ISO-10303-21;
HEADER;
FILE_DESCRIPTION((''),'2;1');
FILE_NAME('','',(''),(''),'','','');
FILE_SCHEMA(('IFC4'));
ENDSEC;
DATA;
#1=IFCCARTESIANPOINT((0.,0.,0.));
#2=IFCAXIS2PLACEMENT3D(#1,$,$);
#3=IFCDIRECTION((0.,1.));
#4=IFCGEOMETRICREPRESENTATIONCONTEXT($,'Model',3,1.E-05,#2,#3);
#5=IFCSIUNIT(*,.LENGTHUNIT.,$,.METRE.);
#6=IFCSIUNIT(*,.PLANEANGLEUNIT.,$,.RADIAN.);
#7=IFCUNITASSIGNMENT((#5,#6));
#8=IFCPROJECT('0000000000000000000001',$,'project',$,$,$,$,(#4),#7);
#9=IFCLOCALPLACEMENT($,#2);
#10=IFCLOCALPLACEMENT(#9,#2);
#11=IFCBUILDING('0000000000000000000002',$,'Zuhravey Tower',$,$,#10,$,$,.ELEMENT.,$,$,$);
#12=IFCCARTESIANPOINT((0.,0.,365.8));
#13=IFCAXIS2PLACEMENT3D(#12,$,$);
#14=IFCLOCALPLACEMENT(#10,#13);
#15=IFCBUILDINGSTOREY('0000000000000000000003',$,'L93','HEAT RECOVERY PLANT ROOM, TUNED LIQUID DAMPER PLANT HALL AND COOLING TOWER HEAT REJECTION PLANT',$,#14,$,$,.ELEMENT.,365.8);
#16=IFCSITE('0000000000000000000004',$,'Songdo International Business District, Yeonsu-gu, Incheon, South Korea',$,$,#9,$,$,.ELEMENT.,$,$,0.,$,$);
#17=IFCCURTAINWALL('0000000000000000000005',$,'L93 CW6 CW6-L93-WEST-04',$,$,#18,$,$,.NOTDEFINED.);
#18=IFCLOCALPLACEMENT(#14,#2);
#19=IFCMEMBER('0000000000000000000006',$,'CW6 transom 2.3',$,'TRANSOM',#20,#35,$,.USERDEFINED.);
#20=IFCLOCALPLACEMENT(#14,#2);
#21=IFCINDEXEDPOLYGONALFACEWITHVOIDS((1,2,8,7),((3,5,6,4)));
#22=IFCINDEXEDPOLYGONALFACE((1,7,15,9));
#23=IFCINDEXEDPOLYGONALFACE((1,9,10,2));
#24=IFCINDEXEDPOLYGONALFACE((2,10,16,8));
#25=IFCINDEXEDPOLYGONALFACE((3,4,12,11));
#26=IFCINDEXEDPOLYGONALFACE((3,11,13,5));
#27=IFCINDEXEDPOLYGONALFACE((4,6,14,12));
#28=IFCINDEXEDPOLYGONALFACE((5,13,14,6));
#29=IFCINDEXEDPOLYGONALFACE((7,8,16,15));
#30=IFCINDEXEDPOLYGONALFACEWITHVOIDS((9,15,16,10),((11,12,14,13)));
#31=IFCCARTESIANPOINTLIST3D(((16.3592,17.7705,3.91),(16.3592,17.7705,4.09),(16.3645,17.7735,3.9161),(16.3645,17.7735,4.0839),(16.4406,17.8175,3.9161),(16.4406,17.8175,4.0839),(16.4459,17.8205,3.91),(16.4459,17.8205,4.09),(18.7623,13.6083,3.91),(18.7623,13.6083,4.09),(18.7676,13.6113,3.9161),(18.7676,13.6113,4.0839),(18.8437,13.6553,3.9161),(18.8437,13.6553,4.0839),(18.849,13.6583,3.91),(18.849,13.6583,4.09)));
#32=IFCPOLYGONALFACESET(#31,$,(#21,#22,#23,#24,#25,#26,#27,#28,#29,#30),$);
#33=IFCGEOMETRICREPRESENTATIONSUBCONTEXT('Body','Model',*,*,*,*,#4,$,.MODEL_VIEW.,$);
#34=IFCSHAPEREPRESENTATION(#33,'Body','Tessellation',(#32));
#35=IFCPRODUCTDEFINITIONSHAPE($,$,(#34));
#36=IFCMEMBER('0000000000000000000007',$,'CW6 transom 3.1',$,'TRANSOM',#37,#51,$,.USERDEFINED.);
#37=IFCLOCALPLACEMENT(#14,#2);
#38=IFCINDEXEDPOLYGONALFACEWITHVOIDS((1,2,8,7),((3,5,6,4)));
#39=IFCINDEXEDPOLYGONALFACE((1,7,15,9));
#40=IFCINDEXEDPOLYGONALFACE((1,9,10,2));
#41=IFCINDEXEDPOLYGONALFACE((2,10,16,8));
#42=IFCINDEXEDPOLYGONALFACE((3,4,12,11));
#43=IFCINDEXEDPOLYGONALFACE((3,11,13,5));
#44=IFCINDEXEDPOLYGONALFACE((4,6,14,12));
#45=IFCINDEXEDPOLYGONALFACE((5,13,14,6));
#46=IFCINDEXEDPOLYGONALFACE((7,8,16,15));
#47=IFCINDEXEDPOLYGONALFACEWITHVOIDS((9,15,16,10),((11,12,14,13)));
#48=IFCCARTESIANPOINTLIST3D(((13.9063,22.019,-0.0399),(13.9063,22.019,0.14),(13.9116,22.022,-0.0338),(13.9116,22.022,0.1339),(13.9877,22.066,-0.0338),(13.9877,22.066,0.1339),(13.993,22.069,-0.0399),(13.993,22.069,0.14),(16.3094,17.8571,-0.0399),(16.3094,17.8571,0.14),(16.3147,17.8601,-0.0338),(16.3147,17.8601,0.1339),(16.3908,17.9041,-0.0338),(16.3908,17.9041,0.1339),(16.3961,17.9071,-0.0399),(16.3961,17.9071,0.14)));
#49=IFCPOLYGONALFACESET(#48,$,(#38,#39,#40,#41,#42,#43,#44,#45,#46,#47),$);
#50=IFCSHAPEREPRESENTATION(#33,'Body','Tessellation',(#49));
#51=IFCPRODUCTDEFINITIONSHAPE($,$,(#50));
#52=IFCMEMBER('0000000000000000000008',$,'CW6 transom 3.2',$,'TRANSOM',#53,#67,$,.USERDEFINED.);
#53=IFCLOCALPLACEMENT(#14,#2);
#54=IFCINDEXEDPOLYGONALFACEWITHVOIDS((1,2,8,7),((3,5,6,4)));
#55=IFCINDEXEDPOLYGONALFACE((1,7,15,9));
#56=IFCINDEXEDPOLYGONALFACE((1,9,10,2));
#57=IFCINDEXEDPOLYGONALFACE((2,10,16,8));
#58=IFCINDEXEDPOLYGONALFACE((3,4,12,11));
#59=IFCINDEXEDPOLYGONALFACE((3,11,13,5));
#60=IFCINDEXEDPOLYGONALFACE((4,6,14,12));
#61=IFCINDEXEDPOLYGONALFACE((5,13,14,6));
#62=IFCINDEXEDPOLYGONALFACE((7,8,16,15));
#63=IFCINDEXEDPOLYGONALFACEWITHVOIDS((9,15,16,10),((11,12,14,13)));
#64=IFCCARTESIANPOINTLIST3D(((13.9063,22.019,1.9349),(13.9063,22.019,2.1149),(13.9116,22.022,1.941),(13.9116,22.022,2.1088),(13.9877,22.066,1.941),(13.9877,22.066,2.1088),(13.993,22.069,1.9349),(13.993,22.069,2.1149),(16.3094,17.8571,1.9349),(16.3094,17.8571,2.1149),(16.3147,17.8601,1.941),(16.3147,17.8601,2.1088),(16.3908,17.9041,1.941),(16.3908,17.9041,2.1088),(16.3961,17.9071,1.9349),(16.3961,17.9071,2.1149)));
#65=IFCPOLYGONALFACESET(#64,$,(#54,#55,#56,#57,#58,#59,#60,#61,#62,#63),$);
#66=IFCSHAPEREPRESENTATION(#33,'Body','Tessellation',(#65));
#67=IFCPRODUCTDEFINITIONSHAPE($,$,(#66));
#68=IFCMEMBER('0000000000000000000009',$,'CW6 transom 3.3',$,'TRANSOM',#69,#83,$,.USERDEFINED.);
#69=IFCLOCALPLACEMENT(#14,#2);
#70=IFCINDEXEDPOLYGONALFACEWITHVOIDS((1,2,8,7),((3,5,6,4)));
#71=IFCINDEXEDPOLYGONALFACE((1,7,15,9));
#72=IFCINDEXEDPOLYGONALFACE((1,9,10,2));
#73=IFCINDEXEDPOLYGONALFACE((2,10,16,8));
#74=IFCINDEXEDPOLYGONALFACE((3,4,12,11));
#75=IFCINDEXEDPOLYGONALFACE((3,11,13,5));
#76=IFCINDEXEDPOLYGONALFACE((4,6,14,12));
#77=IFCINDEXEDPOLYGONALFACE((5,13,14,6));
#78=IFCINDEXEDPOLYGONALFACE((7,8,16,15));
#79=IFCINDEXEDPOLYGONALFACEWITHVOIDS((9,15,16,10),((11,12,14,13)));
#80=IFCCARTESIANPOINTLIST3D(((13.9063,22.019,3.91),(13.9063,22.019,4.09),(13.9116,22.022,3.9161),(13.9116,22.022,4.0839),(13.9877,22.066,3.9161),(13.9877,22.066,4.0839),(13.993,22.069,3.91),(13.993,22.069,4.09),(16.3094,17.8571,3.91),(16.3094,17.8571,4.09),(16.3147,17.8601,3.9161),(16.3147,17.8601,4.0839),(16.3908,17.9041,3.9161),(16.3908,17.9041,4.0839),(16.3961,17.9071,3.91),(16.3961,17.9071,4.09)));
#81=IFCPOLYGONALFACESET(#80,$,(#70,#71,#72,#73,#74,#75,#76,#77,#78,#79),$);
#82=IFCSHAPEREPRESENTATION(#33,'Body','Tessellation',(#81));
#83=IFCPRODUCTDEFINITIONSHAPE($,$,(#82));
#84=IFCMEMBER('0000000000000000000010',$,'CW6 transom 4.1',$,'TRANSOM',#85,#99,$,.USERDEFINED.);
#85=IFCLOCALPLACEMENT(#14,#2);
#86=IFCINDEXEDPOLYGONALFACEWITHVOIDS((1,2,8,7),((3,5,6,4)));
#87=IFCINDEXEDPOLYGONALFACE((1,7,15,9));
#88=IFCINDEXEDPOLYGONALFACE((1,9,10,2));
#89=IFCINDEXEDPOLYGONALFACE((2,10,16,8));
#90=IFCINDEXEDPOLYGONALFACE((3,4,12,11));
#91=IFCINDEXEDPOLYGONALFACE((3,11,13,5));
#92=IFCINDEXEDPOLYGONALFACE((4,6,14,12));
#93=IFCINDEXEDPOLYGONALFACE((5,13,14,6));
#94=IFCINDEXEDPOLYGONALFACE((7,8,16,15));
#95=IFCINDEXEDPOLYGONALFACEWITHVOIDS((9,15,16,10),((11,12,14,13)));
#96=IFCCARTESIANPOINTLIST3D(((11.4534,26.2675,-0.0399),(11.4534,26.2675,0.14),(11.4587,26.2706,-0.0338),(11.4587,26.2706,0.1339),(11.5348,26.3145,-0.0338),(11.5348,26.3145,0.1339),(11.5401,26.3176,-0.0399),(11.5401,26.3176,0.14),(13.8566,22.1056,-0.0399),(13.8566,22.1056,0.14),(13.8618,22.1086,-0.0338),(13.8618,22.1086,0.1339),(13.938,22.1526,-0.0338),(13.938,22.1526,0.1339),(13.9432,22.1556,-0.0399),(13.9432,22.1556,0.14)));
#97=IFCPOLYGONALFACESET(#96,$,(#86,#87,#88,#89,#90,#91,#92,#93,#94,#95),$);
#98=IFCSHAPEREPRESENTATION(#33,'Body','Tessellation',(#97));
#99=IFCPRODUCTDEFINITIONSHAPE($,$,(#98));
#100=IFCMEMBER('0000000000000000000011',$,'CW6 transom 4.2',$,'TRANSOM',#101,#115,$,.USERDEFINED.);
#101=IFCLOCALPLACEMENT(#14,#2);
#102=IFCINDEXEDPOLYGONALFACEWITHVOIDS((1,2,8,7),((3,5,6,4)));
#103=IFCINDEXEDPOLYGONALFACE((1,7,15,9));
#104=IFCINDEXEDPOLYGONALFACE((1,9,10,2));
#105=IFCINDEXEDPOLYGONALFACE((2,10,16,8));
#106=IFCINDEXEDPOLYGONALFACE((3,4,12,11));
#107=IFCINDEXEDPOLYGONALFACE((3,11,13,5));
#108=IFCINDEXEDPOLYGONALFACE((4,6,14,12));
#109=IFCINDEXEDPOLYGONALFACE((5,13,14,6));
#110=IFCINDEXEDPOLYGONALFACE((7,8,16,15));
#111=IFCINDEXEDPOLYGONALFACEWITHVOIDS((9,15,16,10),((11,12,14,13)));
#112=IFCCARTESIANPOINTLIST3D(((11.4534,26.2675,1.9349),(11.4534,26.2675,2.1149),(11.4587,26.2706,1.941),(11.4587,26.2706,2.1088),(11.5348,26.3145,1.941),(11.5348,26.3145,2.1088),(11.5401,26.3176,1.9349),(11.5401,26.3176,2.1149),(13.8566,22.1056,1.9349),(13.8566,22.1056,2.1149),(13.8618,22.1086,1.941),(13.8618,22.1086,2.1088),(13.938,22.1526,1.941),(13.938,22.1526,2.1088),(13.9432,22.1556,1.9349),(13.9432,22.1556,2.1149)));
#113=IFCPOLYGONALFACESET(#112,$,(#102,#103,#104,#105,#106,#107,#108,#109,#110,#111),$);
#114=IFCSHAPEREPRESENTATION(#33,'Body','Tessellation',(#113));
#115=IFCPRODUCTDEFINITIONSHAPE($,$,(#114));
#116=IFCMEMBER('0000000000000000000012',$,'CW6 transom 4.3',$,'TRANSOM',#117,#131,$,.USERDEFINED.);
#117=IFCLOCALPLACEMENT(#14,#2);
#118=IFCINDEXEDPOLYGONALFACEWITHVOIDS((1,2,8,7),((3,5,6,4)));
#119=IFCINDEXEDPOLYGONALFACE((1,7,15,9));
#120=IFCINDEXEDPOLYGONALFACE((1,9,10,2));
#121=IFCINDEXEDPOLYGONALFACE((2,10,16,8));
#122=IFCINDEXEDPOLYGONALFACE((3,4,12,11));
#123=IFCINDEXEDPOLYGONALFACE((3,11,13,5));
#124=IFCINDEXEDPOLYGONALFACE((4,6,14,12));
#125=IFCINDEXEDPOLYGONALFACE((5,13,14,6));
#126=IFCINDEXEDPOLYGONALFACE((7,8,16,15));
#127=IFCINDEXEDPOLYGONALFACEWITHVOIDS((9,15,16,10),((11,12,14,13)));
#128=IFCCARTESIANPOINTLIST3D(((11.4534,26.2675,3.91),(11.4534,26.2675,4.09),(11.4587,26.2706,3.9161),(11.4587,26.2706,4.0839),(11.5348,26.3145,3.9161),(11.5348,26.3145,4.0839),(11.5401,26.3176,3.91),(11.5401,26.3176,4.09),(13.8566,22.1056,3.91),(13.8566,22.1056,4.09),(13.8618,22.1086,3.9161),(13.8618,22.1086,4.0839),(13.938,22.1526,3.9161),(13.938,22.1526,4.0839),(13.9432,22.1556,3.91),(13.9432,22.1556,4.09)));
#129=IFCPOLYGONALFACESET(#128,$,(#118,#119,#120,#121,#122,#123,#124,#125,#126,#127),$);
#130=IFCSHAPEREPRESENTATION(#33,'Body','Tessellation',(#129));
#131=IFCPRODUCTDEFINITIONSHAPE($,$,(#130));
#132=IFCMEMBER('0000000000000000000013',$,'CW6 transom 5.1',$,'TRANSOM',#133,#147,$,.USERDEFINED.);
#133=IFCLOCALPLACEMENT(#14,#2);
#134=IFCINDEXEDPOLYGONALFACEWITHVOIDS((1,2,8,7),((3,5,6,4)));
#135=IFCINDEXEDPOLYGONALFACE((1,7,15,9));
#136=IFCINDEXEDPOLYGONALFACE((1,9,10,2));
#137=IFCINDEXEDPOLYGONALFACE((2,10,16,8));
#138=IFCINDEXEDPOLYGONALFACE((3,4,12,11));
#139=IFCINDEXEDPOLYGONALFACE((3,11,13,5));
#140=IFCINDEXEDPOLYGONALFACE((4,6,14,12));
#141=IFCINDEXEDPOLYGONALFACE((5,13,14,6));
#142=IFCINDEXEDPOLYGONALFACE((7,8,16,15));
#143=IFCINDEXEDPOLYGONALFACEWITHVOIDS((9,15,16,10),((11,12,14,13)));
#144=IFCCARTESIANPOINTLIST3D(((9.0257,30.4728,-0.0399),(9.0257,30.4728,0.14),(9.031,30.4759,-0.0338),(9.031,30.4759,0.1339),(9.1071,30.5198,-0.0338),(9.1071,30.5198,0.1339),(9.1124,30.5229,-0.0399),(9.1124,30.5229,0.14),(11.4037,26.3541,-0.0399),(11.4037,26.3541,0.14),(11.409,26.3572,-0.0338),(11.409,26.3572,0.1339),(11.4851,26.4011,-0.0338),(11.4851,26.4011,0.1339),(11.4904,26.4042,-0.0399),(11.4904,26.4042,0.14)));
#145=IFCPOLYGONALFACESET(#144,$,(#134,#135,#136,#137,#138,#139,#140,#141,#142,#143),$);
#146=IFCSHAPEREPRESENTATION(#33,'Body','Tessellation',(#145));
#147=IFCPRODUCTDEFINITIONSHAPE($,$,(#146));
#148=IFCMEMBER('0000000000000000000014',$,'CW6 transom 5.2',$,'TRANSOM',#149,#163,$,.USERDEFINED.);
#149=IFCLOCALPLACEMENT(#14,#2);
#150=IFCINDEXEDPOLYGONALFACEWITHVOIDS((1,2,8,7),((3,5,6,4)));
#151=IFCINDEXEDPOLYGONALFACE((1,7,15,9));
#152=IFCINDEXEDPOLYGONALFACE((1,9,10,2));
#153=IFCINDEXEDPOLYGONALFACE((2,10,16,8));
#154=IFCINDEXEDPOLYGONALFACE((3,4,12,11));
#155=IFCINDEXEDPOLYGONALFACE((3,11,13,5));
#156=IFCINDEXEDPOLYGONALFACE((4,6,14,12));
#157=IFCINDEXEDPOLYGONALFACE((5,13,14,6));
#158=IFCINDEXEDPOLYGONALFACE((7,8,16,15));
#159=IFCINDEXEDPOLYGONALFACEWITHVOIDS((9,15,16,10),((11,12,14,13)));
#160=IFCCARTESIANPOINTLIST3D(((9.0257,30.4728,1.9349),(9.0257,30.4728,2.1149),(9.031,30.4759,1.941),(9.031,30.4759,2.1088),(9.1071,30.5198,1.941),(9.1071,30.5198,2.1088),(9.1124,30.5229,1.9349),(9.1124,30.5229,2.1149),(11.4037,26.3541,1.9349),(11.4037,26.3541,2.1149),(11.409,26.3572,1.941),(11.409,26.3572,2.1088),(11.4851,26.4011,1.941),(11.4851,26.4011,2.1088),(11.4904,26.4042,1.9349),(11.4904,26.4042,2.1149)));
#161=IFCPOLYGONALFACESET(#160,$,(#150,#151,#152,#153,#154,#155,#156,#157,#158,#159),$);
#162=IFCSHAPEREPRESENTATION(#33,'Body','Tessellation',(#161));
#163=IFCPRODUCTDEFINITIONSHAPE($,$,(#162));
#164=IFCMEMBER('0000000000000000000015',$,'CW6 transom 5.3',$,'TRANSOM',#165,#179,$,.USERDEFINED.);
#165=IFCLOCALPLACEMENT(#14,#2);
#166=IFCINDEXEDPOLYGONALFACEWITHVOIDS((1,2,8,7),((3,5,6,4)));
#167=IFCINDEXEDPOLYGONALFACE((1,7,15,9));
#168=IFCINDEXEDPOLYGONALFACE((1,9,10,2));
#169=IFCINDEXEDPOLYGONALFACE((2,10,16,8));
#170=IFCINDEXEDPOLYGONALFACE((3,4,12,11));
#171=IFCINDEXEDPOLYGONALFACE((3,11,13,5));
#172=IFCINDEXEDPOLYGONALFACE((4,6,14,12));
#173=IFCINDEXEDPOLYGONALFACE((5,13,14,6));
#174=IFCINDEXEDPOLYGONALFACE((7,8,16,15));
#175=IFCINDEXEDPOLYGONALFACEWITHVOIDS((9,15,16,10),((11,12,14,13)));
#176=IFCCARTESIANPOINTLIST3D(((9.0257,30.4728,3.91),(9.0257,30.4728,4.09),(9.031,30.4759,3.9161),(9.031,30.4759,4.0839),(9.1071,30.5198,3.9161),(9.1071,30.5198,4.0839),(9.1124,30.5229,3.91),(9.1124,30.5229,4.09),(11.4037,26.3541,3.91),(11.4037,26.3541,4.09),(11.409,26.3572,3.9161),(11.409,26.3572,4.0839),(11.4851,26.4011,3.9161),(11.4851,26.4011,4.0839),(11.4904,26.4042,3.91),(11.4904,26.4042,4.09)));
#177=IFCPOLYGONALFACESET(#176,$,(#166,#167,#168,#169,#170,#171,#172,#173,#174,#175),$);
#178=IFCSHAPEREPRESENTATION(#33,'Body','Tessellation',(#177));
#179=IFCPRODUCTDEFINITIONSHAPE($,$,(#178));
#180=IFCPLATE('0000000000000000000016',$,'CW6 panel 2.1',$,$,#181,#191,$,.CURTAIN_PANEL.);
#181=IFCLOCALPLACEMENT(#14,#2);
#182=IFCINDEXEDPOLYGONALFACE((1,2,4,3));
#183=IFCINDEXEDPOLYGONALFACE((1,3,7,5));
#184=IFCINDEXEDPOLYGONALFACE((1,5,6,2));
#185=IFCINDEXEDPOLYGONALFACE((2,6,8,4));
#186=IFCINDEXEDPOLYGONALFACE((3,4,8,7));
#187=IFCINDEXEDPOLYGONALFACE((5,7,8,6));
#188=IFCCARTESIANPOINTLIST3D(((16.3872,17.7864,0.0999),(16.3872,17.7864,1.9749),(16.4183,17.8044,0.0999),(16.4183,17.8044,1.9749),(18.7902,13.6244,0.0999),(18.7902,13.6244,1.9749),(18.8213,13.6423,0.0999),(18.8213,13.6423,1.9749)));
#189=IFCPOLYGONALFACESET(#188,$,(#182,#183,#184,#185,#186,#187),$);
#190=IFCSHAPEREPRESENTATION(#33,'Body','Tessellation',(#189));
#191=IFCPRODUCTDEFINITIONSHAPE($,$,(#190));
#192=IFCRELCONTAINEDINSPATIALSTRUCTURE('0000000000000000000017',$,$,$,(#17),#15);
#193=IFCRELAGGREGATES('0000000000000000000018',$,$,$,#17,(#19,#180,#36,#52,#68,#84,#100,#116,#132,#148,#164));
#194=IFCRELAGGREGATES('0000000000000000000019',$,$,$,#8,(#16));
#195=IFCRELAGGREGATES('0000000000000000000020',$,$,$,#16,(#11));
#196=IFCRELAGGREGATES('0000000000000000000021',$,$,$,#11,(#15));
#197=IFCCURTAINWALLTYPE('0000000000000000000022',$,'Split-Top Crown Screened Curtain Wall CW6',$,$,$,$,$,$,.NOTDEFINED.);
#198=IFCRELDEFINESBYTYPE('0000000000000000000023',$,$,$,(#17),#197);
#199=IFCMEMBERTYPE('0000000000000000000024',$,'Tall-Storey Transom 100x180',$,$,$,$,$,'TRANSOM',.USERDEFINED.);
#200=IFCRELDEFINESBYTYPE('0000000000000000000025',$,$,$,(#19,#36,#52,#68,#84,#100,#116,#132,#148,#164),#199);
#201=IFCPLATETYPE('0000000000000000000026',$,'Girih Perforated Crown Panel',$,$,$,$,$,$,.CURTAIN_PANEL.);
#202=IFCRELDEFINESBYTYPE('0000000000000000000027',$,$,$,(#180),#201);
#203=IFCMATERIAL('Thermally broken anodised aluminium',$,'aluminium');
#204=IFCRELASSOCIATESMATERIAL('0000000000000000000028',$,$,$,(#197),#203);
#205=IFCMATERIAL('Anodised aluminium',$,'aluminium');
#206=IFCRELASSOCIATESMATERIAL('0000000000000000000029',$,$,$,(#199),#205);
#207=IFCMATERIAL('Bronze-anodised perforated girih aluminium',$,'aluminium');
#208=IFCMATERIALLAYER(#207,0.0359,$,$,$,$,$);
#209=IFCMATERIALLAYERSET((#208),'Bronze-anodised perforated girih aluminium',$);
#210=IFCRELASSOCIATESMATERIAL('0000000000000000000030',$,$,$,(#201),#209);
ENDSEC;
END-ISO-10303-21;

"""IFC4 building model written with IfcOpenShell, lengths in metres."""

from ifc_helpers import new_model, si_unit, direction, frame, origin, origin_2d, place, context, subcontext, project, spatial, rectangle, hollow_rectangle, extrude, material, layer, layer_set, material_profile, profile_set, type_object, element, aggregate, save


model = new_model("IFC4")

# Units and contexts
model_context = context("Model", 3, precision=1e-05, world=origin(), true_north=direction((0.0, 1.0)))
body_context = subcontext(model_context, "Body", "Model", "MODEL_VIEW")
ifc_project = project(units=[si_unit("LENGTHUNIT", "METRE"), si_unit("PLANEANGLEUNIT", "RADIAN")], contexts=[model_context])

# Site, building, storey
site_placement = place(None, origin())
site = spatial("IfcSite", under=ifc_project, at=site_placement, Name="Songdo International Business District, Yeonsu-gu, Incheon, South Korea", CompositionType="ELEMENT", RefElevation=0.0)
building_placement = place(site_placement, origin())
building = spatial("IfcBuilding", under=site, at=building_placement, Name="Zuhravey Tower", CompositionType="ELEMENT")
storey_placement = place(building_placement, frame((0.0, 0.0, 365.8)))
storey = spatial("IfcBuildingStorey", under=building, at=storey_placement, Name="L93", Description="HEAT RECOVERY PLANT ROOM, TUNED LIQUID DAMPER PLANT HALL AND COOLING TOWER HEAT REJECTION PLANT", CompositionType="ELEMENT", Elevation=365.8)

# Curtain wall
ifc_material_1 = material(Name="Thermally broken anodised aluminium", Category="aluminium")
curtain_wall_type = type_object("IfcCurtainWallType", Name="Split-Top Crown Screened Curtain Wall CW6", PredefinedType="NOTDEFINED", material=ifc_material_1)
curtain_wall_placement = place(storey_placement, origin())
curtain_wall = element("IfcCurtainWall", 1, at=curtain_wall_placement, inside=storey, type_object=curtain_wall_type, Name="L93 CW6 CW6-L93-WEST-04", PredefinedType="NOTDEFINED")
ifc_material_2 = material(Name="Anodised aluminium", Category="aluminium")

# Members
ifc_material_profile_1 = material_profile(ifc_material_2, hollow_rectangle(XDim=0.1001, YDim=0.1799, WallThickness=0.0061, at=origin_2d()), Name="ALU-RHS-100x180x6")
ifc_profile_set_1 = profile_set([ifc_material_profile_1], Name="Anodised aluminium")
member_type_1 = type_object("IfcMemberType", Name="Tall-Storey Transom 100x180", ElementType="TRANSOM", PredefinedType="USERDEFINED", material=ifc_profile_set_1)
member_1_placement = place(storey_placement, frame((18.8057, 13.6333, 4.0), z_axis=(-0.500013, 0.866018, 0.0), x_axis=(-0.866018, -0.500013, 0.0)))
member_1 = element("IfcMember", 2, at=member_1_placement, type_object=member_type_1, Name="CW6 transom 2.3", ObjectType="TRANSOM", PredefinedType="USERDEFINED", context=body_context, shape_type="SweptSolid", body=[
    extrude(hollow_rectangle(XDim=0.1001, YDim=0.1799, WallThickness=0.0061, at=origin_2d()), origin(), (0.0, 0.0, 1.0), 4.8062),
])
member_2_placement = place(storey_placement, frame((16.3528, 17.8821, 0.05), z_axis=(-0.500035, 0.866005, 0.0), x_axis=(-0.866005, -0.500035, 0.0)))
member_2 = element("IfcMember", 3, at=member_2_placement, type_object=member_type_1, Name="CW6 transom 3.1", ObjectType="TRANSOM", PredefinedType="USERDEFINED", context=body_context, shape_type="SweptSolid", body=[
    extrude(hollow_rectangle(XDim=0.1001, YDim=0.1799, WallThickness=0.0061, at=origin_2d()), origin(), (0.0, 0.0, 1.0), 4.8059),
])
member_3_placement = place(storey_placement, frame((16.3528, 17.8821, 2.0249), z_axis=(-0.500035, 0.866005, 0.0), x_axis=(-0.866005, -0.500035, 0.0)))
member_3 = element("IfcMember", 4, at=member_3_placement, type_object=member_type_1, Name="CW6 transom 3.2", ObjectType="TRANSOM", PredefinedType="USERDEFINED", context=body_context, shape_type="SweptSolid", body=[
    extrude(hollow_rectangle(XDim=0.1001, YDim=0.1799, WallThickness=0.0061, at=origin_2d()), origin(), (0.0, 0.0, 1.0), 4.8059),
])
member_4_placement = place(storey_placement, frame((16.3528, 17.8821, 4.0), z_axis=(-0.500035, 0.866005, 0.0), x_axis=(-0.866005, -0.500035, 0.0)))
member_4 = element("IfcMember", 5, at=member_4_placement, type_object=member_type_1, Name="CW6 transom 3.3", ObjectType="TRANSOM", PredefinedType="USERDEFINED", context=body_context, shape_type="SweptSolid", body=[
    extrude(hollow_rectangle(XDim=0.1001, YDim=0.1799, WallThickness=0.0061, at=origin_2d()), origin(), (0.0, 0.0, 1.0), 4.8059),
])
member_5_placement = place(storey_placement, frame((13.8999, 22.1306, 0.05), z_axis=(-0.500035, 0.866005, 0.0), x_axis=(-0.866005, -0.500035, 0.0)))
member_5 = element("IfcMember", 6, at=member_5_placement, type_object=member_type_1, Name="CW6 transom 4.1", ObjectType="TRANSOM", PredefinedType="USERDEFINED", context=body_context, shape_type="SweptSolid", body=[
    extrude(hollow_rectangle(XDim=0.1001, YDim=0.1799, WallThickness=0.0061, at=origin_2d()), origin(), (0.0, 0.0, 1.0), 4.8059),
])
member_6_placement = place(storey_placement, frame((13.8999, 22.1306, 2.0249), z_axis=(-0.500035, 0.866005, 0.0), x_axis=(-0.866005, -0.500035, 0.0)))
member_6 = element("IfcMember", 7, at=member_6_placement, type_object=member_type_1, Name="CW6 transom 4.2", ObjectType="TRANSOM", PredefinedType="USERDEFINED", context=body_context, shape_type="SweptSolid", body=[
    extrude(hollow_rectangle(XDim=0.1001, YDim=0.1799, WallThickness=0.0061, at=origin_2d()), origin(), (0.0, 0.0, 1.0), 4.8059),
])
member_7_placement = place(storey_placement, frame((13.8999, 22.1306, 4.0), z_axis=(-0.500035, 0.866005, 0.0), x_axis=(-0.866005, -0.500035, 0.0)))
member_7 = element("IfcMember", 8, at=member_7_placement, type_object=member_type_1, Name="CW6 transom 4.3", ObjectType="TRANSOM", PredefinedType="USERDEFINED", context=body_context, shape_type="SweptSolid", body=[
    extrude(hollow_rectangle(XDim=0.1001, YDim=0.1799, WallThickness=0.0061, at=origin_2d()), origin(), (0.0, 0.0, 1.0), 4.8059),
])
member_8_placement = place(storey_placement, frame((11.447, 26.3792, 0.05), z_axis=(-0.500004, 0.866023, 0.0), x_axis=(-0.866023, -0.500004, 0.0)))
member_8 = element("IfcMember", 9, at=member_8_placement, type_object=member_type_1, Name="CW6 transom 5.1", ObjectType="TRANSOM", PredefinedType="USERDEFINED", context=body_context, shape_type="SweptSolid", body=[
    extrude(hollow_rectangle(XDim=0.1001, YDim=0.1799, WallThickness=0.0061, at=origin_2d()), origin(), (0.0, 0.0, 1.0), 4.7559),
])
member_9_placement = place(storey_placement, frame((11.447, 26.3792, 2.0249), z_axis=(-0.500004, 0.866023, 0.0), x_axis=(-0.866023, -0.500004, 0.0)))
member_9 = element("IfcMember", 10, at=member_9_placement, type_object=member_type_1, Name="CW6 transom 5.2", ObjectType="TRANSOM", PredefinedType="USERDEFINED", context=body_context, shape_type="SweptSolid", body=[
    extrude(hollow_rectangle(XDim=0.1001, YDim=0.1799, WallThickness=0.0061, at=origin_2d()), origin(), (0.0, 0.0, 1.0), 4.7559),
])
member_10_placement = place(storey_placement, frame((11.447, 26.3792, 4.0), z_axis=(-0.500004, 0.866023, 0.0), x_axis=(-0.866023, -0.500004, 0.0)))
member_10 = element("IfcMember", 11, at=member_10_placement, type_object=member_type_1, Name="CW6 transom 5.3", ObjectType="TRANSOM", PredefinedType="USERDEFINED", context=body_context, shape_type="SweptSolid", body=[
    extrude(hollow_rectangle(XDim=0.1001, YDim=0.1799, WallThickness=0.0061, at=origin_2d()), origin(), (0.0, 0.0, 1.0), 4.7559),
])

# Plate
ifc_material_3 = material(Name="Bronze-anodised perforated girih aluminium", Category="aluminium")
ifc_layer_1 = layer(ifc_material_3, 0.0359)
ifc_layer_set_1 = layer_set([ifc_layer_1], Name="Bronze-anodised perforated girih aluminium")
plate_type = type_object("IfcPlateType", Name="Girih Perforated Crown Panel", PredefinedType="CURTAIN_PANEL", material=ifc_layer_set_1)
plate_1_placement = place(storey_placement, frame((17.6042, 15.7144, 0.0999), z_axis=(0.0, 0.0, 1.0), x_axis=(-0.499997, 0.866027, 0.0)))
plate_1 = element("IfcPlate", 12, at=plate_1_placement, type_object=plate_type, Name="CW6 panel 2.1", PredefinedType="CURTAIN_PANEL", context=body_context, shape_type="SweptSolid", body=[
    extrude(rectangle(XDim=4.8059, YDim=0.0359, at=origin_2d()), origin(), (0.0, 0.0, 1.0), 1.875),
])
aggregate(curtain_wall, [member_1, plate_1, member_2, member_3, member_4, member_5, member_6, member_7, member_8, member_9, member_10])

save(model, "model.ifc")
